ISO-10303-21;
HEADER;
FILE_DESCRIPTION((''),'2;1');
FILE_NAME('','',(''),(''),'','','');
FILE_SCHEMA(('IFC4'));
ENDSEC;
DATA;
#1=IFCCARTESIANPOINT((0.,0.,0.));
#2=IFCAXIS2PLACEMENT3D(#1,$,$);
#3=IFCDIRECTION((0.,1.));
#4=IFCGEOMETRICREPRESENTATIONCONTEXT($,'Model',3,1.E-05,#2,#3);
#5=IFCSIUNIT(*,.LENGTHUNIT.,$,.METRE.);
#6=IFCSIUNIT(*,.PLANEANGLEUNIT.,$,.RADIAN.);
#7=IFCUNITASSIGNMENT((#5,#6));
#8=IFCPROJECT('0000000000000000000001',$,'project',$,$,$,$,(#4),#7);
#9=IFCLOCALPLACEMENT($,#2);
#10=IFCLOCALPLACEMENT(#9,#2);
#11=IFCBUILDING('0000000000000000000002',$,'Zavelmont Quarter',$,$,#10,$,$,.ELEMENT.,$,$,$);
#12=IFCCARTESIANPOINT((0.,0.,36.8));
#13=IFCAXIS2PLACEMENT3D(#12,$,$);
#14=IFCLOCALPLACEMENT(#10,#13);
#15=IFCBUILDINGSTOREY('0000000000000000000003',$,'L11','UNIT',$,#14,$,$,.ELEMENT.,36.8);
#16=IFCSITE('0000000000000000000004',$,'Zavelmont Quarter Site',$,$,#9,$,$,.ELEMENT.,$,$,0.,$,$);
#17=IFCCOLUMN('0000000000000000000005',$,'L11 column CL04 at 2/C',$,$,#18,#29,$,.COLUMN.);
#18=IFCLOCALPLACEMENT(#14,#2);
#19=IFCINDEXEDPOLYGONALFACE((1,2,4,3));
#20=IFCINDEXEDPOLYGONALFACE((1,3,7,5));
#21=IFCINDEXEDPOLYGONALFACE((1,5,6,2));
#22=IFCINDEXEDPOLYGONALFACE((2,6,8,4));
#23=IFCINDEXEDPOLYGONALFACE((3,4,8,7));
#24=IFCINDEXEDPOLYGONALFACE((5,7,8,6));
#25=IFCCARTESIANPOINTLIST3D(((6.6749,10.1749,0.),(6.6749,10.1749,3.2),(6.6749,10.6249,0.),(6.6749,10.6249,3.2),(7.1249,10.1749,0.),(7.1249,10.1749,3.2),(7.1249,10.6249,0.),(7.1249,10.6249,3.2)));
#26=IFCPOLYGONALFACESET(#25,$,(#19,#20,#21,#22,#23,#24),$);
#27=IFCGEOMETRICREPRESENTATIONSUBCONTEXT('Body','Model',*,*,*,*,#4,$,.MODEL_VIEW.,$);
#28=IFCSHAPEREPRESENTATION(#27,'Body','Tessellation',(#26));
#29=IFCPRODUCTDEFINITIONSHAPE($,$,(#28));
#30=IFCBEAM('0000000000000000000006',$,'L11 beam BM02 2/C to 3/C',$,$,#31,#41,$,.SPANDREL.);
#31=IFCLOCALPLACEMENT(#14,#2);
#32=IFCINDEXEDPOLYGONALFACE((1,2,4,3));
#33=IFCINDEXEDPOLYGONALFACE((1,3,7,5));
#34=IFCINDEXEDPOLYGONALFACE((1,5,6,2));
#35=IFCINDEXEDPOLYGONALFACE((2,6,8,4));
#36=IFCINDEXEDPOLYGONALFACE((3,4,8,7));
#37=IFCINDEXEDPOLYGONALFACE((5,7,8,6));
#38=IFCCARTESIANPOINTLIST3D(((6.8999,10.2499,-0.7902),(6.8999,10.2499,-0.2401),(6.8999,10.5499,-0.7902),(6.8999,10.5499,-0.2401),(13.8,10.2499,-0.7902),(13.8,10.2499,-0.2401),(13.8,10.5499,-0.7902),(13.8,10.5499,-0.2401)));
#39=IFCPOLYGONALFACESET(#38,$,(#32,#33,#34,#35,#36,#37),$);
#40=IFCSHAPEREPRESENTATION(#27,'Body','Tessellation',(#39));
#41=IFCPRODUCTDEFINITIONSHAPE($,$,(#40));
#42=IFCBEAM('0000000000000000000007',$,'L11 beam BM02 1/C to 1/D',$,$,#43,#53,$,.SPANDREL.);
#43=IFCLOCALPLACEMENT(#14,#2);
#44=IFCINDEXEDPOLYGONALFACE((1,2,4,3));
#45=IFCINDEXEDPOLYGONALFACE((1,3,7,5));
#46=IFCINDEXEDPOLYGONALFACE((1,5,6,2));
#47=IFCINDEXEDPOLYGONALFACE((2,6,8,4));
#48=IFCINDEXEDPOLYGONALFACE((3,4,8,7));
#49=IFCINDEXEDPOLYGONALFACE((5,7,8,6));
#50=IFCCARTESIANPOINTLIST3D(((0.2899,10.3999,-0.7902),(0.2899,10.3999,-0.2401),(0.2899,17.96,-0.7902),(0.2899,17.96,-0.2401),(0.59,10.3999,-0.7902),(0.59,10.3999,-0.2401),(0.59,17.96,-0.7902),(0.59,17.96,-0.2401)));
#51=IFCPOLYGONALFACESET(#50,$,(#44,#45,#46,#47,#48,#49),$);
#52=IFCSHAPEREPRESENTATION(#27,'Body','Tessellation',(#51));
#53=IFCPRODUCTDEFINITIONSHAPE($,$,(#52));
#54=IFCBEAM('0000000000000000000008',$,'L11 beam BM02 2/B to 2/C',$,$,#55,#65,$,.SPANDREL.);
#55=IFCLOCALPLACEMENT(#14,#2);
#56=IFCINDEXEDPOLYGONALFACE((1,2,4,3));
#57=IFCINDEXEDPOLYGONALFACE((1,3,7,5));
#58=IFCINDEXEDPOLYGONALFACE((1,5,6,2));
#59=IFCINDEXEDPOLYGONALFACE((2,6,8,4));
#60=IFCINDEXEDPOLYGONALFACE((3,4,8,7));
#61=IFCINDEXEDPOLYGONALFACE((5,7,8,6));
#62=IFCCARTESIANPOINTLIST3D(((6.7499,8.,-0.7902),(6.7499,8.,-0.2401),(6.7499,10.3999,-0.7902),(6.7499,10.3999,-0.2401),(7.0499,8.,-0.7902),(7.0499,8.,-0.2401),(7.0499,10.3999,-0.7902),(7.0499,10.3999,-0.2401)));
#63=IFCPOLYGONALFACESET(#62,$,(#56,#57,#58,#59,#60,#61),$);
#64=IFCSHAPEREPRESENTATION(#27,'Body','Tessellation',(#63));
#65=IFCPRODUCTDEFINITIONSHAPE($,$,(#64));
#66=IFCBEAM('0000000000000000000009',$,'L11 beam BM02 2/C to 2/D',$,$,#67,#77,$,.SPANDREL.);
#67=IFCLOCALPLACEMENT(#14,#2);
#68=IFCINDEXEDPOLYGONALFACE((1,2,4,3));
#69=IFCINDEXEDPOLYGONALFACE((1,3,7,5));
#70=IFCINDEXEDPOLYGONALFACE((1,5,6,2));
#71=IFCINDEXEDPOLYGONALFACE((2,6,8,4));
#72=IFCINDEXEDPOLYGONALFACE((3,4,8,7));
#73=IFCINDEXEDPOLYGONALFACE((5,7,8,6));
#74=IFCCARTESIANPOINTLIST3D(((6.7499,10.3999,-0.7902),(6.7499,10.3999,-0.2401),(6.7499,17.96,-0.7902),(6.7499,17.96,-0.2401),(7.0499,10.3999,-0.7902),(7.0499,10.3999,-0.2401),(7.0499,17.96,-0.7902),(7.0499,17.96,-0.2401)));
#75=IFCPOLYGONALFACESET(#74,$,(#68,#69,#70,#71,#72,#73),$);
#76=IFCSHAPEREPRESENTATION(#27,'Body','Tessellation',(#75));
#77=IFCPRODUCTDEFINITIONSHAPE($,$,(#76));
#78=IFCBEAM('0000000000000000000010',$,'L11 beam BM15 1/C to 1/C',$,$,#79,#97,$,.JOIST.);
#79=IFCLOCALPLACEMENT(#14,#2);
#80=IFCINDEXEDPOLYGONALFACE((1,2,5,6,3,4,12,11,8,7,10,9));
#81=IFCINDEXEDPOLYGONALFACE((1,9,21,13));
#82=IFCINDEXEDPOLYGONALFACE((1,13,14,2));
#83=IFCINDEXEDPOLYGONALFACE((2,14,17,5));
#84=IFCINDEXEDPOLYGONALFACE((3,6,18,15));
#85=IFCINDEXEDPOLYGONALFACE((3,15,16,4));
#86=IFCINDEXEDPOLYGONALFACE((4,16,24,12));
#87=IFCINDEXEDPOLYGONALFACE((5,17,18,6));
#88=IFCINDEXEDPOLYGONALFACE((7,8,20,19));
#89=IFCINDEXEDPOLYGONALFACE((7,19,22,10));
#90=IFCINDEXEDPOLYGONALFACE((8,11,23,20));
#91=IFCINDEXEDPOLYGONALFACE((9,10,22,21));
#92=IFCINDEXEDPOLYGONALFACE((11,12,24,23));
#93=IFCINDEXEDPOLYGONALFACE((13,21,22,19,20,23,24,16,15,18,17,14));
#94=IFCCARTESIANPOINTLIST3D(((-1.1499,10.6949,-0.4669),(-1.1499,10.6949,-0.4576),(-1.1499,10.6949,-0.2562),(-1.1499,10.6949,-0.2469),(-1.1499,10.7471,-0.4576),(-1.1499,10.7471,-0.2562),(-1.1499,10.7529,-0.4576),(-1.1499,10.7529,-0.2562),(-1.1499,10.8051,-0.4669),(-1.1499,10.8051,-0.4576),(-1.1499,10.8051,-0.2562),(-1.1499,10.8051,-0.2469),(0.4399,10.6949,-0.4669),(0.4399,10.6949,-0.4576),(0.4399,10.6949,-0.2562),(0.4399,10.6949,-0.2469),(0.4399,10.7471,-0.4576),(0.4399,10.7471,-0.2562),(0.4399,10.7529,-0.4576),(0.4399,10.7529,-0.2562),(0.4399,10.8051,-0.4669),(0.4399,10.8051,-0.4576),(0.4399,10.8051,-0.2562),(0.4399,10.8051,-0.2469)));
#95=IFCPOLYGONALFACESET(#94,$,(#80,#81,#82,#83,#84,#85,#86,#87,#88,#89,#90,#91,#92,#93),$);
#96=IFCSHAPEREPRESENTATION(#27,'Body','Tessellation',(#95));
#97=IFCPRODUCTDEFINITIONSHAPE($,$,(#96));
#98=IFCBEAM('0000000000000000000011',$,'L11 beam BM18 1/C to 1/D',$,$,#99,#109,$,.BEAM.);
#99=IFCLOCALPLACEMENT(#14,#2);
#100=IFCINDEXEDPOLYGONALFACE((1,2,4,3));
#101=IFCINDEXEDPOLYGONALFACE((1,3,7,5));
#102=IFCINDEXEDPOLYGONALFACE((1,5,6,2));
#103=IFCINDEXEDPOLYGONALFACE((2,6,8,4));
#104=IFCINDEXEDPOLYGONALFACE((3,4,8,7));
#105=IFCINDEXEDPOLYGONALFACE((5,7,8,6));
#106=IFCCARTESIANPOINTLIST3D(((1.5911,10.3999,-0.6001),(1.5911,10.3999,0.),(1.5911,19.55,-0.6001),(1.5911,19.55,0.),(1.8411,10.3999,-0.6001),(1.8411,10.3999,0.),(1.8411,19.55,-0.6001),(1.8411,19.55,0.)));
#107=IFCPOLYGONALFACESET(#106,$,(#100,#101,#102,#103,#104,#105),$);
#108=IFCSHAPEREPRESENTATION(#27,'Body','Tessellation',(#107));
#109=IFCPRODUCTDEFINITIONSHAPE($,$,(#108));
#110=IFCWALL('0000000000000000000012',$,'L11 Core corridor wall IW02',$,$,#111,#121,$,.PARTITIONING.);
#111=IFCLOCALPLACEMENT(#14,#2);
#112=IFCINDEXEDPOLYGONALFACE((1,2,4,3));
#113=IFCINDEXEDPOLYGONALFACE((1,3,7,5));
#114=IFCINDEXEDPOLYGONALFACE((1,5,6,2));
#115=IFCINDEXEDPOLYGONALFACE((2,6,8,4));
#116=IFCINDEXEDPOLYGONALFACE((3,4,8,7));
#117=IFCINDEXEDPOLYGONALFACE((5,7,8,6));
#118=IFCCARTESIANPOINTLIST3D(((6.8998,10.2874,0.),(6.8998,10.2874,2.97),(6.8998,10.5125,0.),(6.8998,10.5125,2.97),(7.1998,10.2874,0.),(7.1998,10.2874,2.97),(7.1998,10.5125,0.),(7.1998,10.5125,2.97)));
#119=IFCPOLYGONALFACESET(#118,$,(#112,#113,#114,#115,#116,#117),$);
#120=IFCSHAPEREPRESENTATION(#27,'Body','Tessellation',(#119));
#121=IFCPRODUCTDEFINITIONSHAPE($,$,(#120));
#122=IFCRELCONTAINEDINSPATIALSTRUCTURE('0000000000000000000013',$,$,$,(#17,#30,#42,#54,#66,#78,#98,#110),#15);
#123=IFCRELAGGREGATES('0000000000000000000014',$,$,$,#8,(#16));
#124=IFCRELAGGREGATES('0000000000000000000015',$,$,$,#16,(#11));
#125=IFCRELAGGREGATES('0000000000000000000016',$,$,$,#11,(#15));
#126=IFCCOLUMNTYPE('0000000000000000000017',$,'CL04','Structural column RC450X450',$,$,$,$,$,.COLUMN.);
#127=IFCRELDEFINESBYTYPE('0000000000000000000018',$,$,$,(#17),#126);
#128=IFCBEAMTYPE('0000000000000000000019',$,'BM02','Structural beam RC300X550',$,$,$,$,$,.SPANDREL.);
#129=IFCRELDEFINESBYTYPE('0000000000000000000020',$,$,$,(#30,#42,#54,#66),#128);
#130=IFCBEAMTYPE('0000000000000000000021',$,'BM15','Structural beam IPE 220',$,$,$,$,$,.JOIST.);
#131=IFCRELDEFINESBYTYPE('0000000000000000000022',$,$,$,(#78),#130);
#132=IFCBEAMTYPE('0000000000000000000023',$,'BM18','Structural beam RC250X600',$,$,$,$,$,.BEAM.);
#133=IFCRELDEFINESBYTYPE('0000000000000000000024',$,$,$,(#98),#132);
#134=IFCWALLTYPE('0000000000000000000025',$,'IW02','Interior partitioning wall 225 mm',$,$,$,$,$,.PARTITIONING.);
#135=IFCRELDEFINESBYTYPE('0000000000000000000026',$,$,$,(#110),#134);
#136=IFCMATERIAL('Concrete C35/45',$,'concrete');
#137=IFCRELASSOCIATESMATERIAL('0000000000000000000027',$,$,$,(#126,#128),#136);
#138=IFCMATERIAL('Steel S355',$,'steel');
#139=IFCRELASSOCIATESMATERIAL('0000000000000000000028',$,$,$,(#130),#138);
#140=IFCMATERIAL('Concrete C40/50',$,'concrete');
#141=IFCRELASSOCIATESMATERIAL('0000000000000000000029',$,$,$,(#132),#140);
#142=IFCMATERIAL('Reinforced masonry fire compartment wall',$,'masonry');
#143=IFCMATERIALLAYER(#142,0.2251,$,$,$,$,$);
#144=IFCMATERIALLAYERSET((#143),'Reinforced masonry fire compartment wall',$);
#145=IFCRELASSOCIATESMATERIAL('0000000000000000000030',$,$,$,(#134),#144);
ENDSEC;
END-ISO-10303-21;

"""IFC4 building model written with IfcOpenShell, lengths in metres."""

from ifc_helpers import new_model, si_unit, direction, frame, frame_2d, origin, origin_2d, place, context, subcontext, project, spatial, rectangle, i_section, extrude, material, layer, layer_set, material_profile, profile_set, type_object, element, save


model = new_model("IFC4")

# Units and contexts
model_context = context("Model", 3, precision=1e-05, world=origin(), true_north=direction((0.0, 1.0)))
body_context = subcontext(model_context, "Body", "Model", "MODEL_VIEW")
ifc_project = project(units=[si_unit("LENGTHUNIT", "METRE"), si_unit("PLANEANGLEUNIT", "RADIAN")], contexts=[model_context])

# Site, building, storey
site_placement = place(None, origin())
site = spatial("IfcSite", under=ifc_project, at=site_placement, Name="Zavelmont Quarter Site", CompositionType="ELEMENT", RefElevation=0.0)
building_placement = place(site_placement, origin())
building = spatial("IfcBuilding", under=site, at=building_placement, Name="Zavelmont Quarter", CompositionType="ELEMENT")
storey_placement = place(building_placement, frame((0.0, 0.0, 36.8)))
storey = spatial("IfcBuildingStorey", under=building, at=storey_placement, Name="L11", Description="UNIT", CompositionType="ELEMENT", Elevation=36.8)

# Column
ifc_material_1 = material(Name="Concrete C35/45", Category="concrete")
ifc_material_profile_1 = material_profile(ifc_material_1, rectangle(XDim=0.45, YDim=0.45, at=origin_2d()), Name="RC450X450")
ifc_profile_set_1 = profile_set([ifc_material_profile_1], Name="Concrete C35/45")
column_type = type_object("IfcColumnType", Name="CL04", Description="Structural column RC450X450", PredefinedType="COLUMN", material=ifc_profile_set_1)
column_placement = place(storey_placement, frame((6.8999, 10.3999, 0.0), z_axis=(0.0, 0.0, 1.0), x_axis=(1.0, 0.0, 0.0)))
element("IfcColumn", 1, at=column_placement, inside=storey, type_object=column_type, Name="L11 column CL04 at 2/C", PredefinedType="COLUMN", context=body_context, shape_type="SweptSolid", body=[
    extrude(rectangle(XDim=0.45, YDim=0.45, at=origin_2d()), origin(), (0.0, 0.0, 1.0), 3.2),
])

# Beams
ifc_material_profile_2 = material_profile(ifc_material_1, rectangle(XDim=0.3, YDim=0.55, at=origin_2d()), Name="RC300X550")
ifc_profile_set_2 = profile_set([ifc_material_profile_2], Name="Concrete C35/45")
beam_type_1 = type_object("IfcBeamType", Name="BM02", Description="Structural beam RC300X550", PredefinedType="SPANDREL", material=ifc_profile_set_2)
beam_1_placement = place(storey_placement, frame((6.8999, 10.3999, -0.5151), z_axis=(1.0, 0.0, 0.0), x_axis=(0.0, 1.0, 0.0)))
element("IfcBeam", 2, at=beam_1_placement, inside=storey, type_object=beam_type_1, Name="L11 beam BM02 2/C to 3/C", PredefinedType="SPANDREL", context=body_context, shape_type="SweptSolid", body=[
    extrude(rectangle(XDim=0.3, YDim=0.55, at=origin_2d()), origin(), (0.0, 0.0, 1.0), 6.9001),
])
beam_2_placement = place(storey_placement, frame((0.4399, 10.3999, -0.5151), z_axis=(0.0, 1.0, 0.0), x_axis=(-1.0, 0.0, 0.0)))
element("IfcBeam", 3, at=beam_2_placement, inside=storey, type_object=beam_type_1, Name="L11 beam BM02 1/C to 1/D", PredefinedType="SPANDREL", context=body_context, shape_type="SweptSolid", body=[
    extrude(rectangle(XDim=0.3, YDim=0.55, at=origin_2d()), origin(), (0.0, 0.0, 1.0), 7.5601),
])
beam_3_placement = place(storey_placement, frame((6.8999, 8.0, -0.5151), z_axis=(0.0, 1.0, 0.0), x_axis=(-1.0, 0.0, 0.0)))
element("IfcBeam", 4, at=beam_3_placement, inside=storey, type_object=beam_type_1, Name="L11 beam BM02 2/B to 2/C", PredefinedType="SPANDREL", context=body_context, shape_type="SweptSolid", body=[
    extrude(rectangle(XDim=0.3, YDim=0.55, at=origin_2d()), origin(), (0.0, 0.0, 1.0), 2.3999),
])
beam_4_placement = place(storey_placement, frame((6.8999, 10.3999, -0.5151), z_axis=(0.0, 1.0, 0.0), x_axis=(-1.0, 0.0, 0.0)))
element("IfcBeam", 5, at=beam_4_placement, inside=storey, type_object=beam_type_1, Name="L11 beam BM02 2/C to 2/D", PredefinedType="SPANDREL", context=body_context, shape_type="SweptSolid", body=[
    extrude(rectangle(XDim=0.3, YDim=0.55, at=origin_2d()), origin(), (0.0, 0.0, 1.0), 7.5601),
])
ifc_material_2 = material(Name="Steel S355", Category="steel")
ifc_material_profile_3 = material_profile(ifc_material_2, i_section(OverallWidth=0.1101, OverallDepth=0.22, WebThickness=0.0059, FlangeThickness=0.0093, at=origin_2d()), Name="IPE 220")
ifc_profile_set_3 = profile_set([ifc_material_profile_3], Name="Steel S355")
beam_type_2 = type_object("IfcBeamType", Name="BM15", Description="Structural beam IPE 220", PredefinedType="JOIST", material=ifc_profile_set_3)
beam_5_placement = place(storey_placement, frame((0.4399, 10.75, -0.3569), z_axis=(-1.0, 0.0, 0.0), x_axis=(0.0, -1.0, 0.0)))
element("IfcBeam", 6, at=beam_5_placement, inside=storey, type_object=beam_type_2, Name="L11 beam BM15 1/C to 1/C", PredefinedType="JOIST", context=body_context, shape_type="SweptSolid", body=[
    extrude(i_section(OverallWidth=0.1101, OverallDepth=0.22, WebThickness=0.0059, FlangeThickness=0.0093, at=origin_2d()), origin(), (0.0, 0.0, 1.0), 1.5898),
])
ifc_material_3 = material(Name="Concrete C40/50", Category="concrete")
ifc_material_profile_4 = material_profile(ifc_material_3, rectangle(XDim=0.25, YDim=0.6001, at=origin_2d()), Name="RC250X600")
ifc_profile_set_4 = profile_set([ifc_material_profile_4], Name="Concrete C40/50")
beam_type_3 = type_object("IfcBeamType", Name="BM18", Description="Structural beam RC250X600", PredefinedType="BEAM", material=ifc_profile_set_4)
beam_6_placement = place(storey_placement, frame((1.7161, 10.3999, -0.3), z_axis=(0.0, 1.0, 0.0), x_axis=(-1.0, 0.0, 0.0)))
element("IfcBeam", 7, at=beam_6_placement, inside=storey, type_object=beam_type_3, Name="L11 beam BM18 1/C to 1/D", PredefinedType="BEAM", context=body_context, shape_type="SweptSolid", body=[
    extrude(rectangle(XDim=0.25, YDim=0.6001, at=origin_2d()), origin(), (0.0, 0.0, 1.0), 9.1501),
])

# Wall
ifc_material_4 = material(Name="Reinforced masonry fire compartment wall", Category="masonry")
ifc_layer_1 = layer(ifc_material_4, 0.2251)
ifc_layer_set_1 = layer_set([ifc_layer_1], Name="Reinforced masonry fire compartment wall")
wall_type_1 = type_object("IfcWallType", Name="IW02", Description="Interior partitioning wall 225 mm", PredefinedType="PARTITIONING", material=ifc_layer_set_1)
wall_1_placement = place(storey_placement, frame((6.8999, 10.3999, 0.0), z_axis=(0.0, 0.0, 1.0), x_axis=(1.0, 0.0, 0.0)))
element("IfcWall", 8, at=wall_1_placement, inside=storey, type_object=wall_type_1, Name="L11 Core corridor wall IW02", PredefinedType="PARTITIONING", context=body_context, shape_type="SweptSolid", body=[
    extrude(rectangle(XDim=0.3, YDim=0.2251, at=frame_2d((0.1499, 0.0))), origin(), (0.0, 0.0, 1.0), 2.97),
])

save(model, "model.ifc")
